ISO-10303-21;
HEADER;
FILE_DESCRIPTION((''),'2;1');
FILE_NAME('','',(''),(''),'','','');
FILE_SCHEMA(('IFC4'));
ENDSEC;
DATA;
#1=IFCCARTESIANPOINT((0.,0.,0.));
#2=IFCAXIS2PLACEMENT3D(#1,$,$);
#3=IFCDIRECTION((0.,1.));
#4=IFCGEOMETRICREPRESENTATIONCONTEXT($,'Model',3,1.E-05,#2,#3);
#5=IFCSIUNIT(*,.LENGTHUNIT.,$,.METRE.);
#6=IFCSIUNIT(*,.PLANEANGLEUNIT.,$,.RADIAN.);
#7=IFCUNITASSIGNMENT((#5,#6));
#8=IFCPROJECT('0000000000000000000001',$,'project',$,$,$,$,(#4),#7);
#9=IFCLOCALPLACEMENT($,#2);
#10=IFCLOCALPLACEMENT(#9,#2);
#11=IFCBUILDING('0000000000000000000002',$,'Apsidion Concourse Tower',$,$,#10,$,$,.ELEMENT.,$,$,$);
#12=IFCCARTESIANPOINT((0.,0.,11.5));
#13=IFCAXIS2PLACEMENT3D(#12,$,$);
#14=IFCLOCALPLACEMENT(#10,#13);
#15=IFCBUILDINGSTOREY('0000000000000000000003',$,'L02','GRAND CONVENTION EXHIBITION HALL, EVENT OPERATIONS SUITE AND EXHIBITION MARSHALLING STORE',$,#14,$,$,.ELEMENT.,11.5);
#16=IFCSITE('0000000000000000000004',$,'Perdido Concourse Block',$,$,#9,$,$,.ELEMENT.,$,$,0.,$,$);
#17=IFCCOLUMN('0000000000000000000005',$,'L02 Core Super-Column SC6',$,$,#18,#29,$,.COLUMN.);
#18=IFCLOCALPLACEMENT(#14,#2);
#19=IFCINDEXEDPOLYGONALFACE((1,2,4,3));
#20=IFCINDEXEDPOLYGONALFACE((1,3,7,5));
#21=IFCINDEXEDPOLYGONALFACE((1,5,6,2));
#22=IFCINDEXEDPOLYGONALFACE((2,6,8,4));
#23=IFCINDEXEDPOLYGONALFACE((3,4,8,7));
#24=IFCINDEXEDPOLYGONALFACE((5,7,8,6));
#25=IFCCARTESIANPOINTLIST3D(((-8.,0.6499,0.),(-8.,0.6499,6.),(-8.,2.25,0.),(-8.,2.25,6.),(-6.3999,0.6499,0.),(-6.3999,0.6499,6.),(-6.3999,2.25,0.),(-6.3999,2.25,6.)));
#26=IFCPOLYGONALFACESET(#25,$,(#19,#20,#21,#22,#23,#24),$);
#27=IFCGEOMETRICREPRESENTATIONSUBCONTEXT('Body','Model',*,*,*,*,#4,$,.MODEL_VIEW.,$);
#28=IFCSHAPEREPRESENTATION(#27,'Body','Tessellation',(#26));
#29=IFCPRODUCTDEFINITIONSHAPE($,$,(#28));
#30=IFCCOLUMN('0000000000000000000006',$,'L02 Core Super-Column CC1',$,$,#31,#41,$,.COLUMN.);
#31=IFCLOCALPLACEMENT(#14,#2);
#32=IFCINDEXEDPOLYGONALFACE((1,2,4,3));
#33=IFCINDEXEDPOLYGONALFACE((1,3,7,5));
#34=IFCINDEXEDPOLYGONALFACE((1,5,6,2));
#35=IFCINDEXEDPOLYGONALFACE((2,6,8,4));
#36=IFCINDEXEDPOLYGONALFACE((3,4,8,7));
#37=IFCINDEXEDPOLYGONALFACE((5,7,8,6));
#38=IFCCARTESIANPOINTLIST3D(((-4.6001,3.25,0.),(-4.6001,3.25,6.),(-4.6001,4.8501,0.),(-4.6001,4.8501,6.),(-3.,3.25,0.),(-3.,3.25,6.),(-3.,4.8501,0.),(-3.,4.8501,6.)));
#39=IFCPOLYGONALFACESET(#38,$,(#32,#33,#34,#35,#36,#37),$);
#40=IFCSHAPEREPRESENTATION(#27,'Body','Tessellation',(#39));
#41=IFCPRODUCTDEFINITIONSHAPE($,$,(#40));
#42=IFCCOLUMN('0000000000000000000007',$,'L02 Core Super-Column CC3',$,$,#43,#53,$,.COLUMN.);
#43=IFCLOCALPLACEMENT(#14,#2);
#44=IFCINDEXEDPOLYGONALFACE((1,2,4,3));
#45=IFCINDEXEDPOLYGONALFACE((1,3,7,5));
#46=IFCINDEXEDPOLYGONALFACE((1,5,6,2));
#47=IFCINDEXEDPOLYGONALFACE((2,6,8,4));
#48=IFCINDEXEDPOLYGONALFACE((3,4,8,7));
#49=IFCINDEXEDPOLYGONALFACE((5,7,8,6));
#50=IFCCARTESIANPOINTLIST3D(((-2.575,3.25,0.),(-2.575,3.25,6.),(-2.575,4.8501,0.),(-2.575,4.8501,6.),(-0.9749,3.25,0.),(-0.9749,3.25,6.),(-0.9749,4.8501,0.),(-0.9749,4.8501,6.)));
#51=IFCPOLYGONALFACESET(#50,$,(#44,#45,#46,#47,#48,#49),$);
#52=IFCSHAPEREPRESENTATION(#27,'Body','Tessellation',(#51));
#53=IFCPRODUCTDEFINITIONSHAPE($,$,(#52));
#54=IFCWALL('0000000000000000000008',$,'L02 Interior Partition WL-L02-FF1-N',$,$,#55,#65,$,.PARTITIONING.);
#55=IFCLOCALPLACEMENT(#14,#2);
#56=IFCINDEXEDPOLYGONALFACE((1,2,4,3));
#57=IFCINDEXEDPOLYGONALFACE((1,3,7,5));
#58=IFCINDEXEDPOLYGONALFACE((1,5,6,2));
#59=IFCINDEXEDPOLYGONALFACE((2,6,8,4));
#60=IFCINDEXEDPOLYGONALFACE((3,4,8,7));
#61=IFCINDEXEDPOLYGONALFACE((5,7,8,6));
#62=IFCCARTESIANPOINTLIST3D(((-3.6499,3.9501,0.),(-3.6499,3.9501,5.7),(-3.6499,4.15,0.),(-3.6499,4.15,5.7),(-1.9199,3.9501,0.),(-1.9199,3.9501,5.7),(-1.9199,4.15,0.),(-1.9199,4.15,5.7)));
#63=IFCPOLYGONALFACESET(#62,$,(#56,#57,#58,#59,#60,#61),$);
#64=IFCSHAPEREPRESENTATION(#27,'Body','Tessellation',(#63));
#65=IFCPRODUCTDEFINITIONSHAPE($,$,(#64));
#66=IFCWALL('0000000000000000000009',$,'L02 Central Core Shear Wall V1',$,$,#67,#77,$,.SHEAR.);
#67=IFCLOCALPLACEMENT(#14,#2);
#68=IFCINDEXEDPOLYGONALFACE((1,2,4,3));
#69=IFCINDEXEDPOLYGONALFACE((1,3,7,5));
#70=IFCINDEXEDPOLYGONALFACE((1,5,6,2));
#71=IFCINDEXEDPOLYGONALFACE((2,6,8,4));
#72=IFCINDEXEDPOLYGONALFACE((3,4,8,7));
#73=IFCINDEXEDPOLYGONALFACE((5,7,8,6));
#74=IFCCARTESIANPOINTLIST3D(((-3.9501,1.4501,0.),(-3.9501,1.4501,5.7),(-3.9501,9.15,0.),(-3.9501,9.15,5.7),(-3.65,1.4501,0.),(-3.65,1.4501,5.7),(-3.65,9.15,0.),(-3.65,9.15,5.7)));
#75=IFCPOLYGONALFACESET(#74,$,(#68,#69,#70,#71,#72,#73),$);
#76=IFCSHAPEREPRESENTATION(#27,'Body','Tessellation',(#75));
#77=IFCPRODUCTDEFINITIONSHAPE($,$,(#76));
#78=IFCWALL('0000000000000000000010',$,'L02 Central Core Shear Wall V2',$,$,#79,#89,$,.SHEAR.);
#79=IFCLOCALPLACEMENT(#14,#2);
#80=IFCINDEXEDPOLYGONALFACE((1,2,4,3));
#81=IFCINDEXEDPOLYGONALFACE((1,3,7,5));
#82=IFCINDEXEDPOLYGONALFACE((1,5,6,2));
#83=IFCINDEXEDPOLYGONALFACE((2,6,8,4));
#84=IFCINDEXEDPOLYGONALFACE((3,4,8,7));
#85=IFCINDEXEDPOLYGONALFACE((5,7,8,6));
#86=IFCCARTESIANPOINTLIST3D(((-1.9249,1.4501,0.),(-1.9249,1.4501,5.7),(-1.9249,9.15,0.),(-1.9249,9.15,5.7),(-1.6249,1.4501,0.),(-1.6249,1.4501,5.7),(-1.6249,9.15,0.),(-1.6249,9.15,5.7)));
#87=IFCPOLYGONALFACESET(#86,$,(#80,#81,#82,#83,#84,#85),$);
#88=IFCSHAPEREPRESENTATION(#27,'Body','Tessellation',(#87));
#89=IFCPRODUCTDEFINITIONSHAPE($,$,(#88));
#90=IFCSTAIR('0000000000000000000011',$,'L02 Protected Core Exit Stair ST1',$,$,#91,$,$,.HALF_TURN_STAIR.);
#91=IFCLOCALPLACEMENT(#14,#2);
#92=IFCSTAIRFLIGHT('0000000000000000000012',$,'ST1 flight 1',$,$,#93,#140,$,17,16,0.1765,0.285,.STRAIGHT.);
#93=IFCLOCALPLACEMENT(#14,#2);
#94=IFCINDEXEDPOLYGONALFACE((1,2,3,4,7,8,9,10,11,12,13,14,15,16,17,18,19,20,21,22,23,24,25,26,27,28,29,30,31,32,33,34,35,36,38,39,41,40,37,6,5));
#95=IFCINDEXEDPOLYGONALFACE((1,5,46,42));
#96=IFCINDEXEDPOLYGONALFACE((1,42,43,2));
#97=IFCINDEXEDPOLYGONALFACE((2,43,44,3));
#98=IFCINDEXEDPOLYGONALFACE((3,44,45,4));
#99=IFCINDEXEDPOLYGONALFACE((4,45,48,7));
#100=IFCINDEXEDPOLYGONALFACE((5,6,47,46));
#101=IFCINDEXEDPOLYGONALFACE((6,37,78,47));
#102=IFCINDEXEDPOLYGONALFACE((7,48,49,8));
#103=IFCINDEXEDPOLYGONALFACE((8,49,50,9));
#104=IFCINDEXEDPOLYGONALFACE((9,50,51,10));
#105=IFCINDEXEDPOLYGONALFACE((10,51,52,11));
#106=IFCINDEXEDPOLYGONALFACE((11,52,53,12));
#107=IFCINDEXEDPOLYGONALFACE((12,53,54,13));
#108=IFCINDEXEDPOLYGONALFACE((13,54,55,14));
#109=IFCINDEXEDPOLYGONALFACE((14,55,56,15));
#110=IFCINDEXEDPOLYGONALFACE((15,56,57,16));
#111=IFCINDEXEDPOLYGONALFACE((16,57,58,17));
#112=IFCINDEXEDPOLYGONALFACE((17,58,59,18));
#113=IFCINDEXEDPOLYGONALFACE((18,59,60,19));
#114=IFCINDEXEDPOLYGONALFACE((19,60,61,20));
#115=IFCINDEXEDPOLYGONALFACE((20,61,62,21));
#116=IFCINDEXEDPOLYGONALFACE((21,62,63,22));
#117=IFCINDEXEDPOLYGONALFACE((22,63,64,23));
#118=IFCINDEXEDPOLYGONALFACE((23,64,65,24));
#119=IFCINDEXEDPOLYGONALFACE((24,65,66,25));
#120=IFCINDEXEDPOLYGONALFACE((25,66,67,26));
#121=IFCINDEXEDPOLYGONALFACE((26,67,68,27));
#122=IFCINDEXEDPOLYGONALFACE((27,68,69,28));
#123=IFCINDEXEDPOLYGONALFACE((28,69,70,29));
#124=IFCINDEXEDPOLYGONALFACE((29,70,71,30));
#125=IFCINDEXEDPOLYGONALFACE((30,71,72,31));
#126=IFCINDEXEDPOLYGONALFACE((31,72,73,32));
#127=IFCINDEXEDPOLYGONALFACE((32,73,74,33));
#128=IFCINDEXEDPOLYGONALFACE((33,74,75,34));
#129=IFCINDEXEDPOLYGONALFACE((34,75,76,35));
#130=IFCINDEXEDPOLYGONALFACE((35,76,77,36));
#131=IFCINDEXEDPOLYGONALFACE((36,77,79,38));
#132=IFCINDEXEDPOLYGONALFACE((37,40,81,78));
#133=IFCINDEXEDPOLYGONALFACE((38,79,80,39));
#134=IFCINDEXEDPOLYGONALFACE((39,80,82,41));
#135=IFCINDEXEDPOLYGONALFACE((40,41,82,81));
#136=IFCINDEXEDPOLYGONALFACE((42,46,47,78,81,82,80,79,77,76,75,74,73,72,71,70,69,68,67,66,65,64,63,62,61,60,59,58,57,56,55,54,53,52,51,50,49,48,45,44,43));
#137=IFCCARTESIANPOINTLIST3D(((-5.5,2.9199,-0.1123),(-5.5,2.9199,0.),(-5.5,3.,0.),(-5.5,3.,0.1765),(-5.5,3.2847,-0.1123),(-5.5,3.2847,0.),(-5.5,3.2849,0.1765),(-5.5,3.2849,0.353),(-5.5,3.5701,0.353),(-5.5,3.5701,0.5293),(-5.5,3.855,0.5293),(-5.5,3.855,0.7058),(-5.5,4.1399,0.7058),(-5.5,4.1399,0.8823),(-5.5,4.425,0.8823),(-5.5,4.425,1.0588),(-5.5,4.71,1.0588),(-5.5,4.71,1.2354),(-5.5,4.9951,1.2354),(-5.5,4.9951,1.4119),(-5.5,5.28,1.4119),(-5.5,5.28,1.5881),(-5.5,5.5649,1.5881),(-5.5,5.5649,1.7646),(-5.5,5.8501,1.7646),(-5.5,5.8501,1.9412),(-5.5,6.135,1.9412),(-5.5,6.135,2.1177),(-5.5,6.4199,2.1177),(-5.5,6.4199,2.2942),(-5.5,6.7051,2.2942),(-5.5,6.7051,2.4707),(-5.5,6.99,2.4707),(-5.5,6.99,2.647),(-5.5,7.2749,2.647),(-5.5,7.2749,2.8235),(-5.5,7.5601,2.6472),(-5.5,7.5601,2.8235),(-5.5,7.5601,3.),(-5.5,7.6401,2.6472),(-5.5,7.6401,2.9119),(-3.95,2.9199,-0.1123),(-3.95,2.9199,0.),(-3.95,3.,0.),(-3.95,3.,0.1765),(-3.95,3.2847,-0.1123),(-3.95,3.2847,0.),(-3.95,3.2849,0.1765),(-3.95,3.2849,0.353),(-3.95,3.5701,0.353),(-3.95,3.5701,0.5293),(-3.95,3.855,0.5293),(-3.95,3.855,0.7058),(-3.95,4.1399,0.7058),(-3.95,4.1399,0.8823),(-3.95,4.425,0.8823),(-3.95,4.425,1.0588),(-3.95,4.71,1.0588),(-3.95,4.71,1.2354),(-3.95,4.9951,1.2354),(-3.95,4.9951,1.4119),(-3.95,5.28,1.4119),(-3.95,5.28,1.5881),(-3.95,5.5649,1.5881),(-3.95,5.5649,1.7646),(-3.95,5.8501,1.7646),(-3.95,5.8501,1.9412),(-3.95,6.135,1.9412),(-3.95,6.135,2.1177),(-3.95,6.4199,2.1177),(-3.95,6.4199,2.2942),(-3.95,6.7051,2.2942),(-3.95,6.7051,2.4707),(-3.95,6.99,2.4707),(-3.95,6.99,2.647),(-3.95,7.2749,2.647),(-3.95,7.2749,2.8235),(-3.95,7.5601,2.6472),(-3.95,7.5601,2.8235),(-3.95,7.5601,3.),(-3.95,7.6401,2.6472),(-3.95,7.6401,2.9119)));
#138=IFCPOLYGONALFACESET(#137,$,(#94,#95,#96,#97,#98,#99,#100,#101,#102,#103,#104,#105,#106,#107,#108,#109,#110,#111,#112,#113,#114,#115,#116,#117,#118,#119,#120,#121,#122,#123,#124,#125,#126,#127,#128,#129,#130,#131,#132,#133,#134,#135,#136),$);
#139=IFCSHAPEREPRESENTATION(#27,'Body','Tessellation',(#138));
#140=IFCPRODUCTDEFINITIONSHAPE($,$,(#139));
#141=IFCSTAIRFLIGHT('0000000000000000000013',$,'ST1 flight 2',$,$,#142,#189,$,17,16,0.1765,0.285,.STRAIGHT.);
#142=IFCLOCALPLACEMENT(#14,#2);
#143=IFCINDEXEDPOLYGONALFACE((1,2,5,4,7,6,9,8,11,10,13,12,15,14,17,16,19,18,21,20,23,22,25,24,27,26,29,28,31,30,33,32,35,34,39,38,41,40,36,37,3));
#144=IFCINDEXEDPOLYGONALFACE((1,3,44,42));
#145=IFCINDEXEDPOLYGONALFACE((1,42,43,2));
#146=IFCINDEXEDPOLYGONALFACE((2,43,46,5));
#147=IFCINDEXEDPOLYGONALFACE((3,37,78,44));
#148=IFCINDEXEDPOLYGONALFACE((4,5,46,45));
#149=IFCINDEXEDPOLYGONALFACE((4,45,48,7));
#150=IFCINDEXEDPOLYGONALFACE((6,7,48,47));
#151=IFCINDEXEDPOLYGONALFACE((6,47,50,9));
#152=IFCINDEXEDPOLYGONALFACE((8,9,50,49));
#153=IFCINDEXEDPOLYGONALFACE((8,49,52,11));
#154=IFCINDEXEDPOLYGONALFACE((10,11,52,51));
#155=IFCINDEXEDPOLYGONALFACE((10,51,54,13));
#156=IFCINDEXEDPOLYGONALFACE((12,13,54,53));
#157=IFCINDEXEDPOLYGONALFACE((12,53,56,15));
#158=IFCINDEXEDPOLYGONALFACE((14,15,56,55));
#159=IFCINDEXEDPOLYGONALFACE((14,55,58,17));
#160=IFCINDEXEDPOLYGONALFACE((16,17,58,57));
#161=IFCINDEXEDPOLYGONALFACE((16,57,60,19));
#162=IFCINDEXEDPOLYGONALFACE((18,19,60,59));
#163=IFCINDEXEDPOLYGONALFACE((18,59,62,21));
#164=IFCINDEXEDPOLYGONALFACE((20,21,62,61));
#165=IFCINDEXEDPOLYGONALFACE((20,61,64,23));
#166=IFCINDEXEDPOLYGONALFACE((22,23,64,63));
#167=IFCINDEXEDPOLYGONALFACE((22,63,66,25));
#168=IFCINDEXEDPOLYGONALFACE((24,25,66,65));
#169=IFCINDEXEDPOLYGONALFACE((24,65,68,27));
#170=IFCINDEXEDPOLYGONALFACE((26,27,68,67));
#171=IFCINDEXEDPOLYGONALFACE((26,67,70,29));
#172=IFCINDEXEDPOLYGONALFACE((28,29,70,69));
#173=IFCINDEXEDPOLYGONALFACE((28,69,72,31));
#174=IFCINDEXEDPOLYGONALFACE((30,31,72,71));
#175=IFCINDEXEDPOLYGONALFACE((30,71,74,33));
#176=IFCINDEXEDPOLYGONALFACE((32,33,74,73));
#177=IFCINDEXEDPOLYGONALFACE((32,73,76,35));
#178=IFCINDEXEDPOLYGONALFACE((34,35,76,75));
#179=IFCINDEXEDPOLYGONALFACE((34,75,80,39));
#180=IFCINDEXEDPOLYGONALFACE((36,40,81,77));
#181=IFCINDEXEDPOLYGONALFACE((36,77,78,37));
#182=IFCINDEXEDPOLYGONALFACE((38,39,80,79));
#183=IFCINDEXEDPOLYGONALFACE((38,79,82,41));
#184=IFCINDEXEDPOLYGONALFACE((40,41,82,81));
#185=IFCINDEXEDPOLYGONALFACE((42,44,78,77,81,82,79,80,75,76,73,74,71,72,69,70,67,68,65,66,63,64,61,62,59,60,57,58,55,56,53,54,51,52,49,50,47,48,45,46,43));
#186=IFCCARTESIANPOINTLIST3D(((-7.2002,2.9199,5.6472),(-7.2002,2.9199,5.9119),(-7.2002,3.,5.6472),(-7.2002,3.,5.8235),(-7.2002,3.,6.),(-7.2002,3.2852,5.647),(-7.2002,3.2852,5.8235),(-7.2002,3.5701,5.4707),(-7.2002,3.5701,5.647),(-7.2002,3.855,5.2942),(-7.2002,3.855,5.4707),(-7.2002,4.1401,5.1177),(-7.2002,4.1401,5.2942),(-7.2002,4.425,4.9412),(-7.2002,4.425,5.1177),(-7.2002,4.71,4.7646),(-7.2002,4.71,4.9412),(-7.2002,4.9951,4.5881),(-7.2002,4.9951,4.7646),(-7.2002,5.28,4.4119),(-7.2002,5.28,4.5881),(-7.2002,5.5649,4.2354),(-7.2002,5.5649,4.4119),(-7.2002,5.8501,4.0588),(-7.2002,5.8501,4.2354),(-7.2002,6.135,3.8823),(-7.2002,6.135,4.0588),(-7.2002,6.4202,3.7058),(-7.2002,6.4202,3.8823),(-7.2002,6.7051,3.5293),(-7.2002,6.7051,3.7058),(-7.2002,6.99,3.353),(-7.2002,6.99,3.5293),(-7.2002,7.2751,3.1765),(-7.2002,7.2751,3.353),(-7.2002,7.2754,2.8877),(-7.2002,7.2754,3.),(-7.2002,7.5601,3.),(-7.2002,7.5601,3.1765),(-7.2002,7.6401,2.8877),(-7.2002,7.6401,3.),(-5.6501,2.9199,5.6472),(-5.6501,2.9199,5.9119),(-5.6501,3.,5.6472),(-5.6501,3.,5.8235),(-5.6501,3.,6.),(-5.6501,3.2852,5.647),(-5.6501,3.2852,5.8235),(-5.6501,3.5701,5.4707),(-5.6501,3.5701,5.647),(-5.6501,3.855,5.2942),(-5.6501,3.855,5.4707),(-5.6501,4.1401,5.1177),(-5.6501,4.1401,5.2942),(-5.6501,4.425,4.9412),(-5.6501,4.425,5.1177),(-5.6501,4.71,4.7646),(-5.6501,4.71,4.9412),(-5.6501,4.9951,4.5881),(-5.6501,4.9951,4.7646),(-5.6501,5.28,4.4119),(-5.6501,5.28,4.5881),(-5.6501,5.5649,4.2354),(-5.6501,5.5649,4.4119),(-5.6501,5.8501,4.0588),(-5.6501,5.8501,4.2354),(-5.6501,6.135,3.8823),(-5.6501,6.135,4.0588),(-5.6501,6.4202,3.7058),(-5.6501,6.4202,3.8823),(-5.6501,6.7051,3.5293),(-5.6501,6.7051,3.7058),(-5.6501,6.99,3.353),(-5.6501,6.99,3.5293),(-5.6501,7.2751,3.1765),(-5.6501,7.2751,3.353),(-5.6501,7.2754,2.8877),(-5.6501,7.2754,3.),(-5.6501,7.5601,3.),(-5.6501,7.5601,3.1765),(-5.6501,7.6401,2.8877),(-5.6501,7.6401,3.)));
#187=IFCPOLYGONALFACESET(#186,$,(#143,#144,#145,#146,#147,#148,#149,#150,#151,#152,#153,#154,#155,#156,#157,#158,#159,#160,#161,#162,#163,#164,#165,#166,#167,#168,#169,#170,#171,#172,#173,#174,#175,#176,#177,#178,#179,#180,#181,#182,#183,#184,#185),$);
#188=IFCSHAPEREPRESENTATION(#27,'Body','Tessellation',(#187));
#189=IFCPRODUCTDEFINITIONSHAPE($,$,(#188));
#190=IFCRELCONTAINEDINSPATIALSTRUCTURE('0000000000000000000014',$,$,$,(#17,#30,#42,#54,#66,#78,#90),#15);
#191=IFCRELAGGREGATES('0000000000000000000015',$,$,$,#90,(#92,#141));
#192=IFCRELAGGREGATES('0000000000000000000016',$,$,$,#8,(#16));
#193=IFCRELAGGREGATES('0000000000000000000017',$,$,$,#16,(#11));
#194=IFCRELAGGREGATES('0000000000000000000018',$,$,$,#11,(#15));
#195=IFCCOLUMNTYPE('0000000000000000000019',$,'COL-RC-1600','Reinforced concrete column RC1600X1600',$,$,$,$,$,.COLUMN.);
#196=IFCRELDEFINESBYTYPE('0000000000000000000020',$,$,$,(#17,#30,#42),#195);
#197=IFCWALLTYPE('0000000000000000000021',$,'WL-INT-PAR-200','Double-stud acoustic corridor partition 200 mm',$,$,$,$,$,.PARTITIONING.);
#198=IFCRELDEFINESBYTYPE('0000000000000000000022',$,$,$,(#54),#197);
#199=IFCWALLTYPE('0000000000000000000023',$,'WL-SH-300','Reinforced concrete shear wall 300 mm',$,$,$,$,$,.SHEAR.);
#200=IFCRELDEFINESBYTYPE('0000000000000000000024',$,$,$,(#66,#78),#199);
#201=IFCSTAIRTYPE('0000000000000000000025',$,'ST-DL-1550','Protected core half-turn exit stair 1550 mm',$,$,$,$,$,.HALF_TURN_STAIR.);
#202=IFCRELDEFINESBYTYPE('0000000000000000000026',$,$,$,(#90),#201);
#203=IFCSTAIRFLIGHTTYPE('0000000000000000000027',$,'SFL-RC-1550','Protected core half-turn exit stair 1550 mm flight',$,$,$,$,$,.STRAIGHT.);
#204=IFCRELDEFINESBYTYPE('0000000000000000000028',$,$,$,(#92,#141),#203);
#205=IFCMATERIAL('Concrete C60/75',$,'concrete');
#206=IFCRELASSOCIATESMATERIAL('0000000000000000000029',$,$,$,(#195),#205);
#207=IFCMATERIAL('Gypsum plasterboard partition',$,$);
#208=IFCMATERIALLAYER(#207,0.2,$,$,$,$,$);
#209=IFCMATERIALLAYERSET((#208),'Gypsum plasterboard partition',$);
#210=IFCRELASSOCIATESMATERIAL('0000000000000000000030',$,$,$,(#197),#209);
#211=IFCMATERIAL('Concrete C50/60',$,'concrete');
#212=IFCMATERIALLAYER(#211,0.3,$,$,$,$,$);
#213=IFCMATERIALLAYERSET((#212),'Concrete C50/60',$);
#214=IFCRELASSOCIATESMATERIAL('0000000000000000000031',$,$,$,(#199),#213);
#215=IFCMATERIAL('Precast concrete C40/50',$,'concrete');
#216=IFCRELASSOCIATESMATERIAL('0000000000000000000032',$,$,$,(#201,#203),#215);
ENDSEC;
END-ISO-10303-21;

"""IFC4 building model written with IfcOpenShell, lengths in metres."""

from ifc_helpers import new_model, si_unit, direction, frame, frame_2d, origin, origin_2d, place, context, subcontext, project, spatial, polyline, rectangle, outline, extrude, material, layer, layer_set, material_profile, profile_set, type_object, element, aggregate, save


model = new_model("IFC4")

# Units and contexts
model_context = context("Model", 3, precision=1e-05, world=origin(), true_north=direction((0.0, 1.0)))
body_context = subcontext(model_context, "Body", "Model", "MODEL_VIEW")
ifc_project = project(units=[si_unit("LENGTHUNIT", "METRE"), si_unit("PLANEANGLEUNIT", "RADIAN")], contexts=[model_context])

# Site, building, storey
site_placement = place(None, origin())
site = spatial("IfcSite", under=ifc_project, at=site_placement, Name="Perdido Concourse Block", CompositionType="ELEMENT", RefElevation=0.0)
building_placement = place(site_placement, origin())
building = spatial("IfcBuilding", under=site, at=building_placement, Name="Apsidion Concourse Tower", CompositionType="ELEMENT")
storey_placement = place(building_placement, frame((0.0, 0.0, 11.5)))
storey = spatial("IfcBuildingStorey", under=building, at=storey_placement, Name="L02", Description="GRAND CONVENTION EXHIBITION HALL, EVENT OPERATIONS SUITE AND EXHIBITION MARSHALLING STORE", CompositionType="ELEMENT", Elevation=11.5)

# Columns
ifc_material_1 = material(Name="Concrete C60/75", Category="concrete")
ifc_material_profile = material_profile(ifc_material_1, rectangle(XDim=1.6001, YDim=1.6001, at=origin_2d()), Name="RC 1600x1600")
ifc_profile_set = profile_set([ifc_material_profile], Name="Concrete C60/75")
column_type = type_object("IfcColumnType", Name="COL-RC-1600", Description="Reinforced concrete column RC1600X1600", PredefinedType="COLUMN", material=ifc_profile_set)
for number, where, z_axis, x_axis, name in (
    (1, (-7.2, 1.45, 0.0), (0.0, 0.0, 1.0), (1.0, 0.0, 0.0), "L02 Core Super-Column SC6"),
    (2, (-3.8, 4.05, 0.0), (0.0, 0.0, 1.0), (1.0, 0.0, 0.0), "L02 Core Super-Column CC1"),
    (3, (-1.7749, 4.05, 0.0), (0.0, 0.0, 1.0), (1.0, 0.0, 0.0), "L02 Core Super-Column CC3"),
):
    element("IfcColumn", number, at=place(storey_placement, frame(where, z_axis=z_axis, x_axis=x_axis)), inside=storey, type_object=column_type, Name=name, PredefinedType="COLUMN", context=body_context, shape_type="SweptSolid", body=[
        extrude(rectangle(XDim=1.6001, YDim=1.6001, at=origin_2d()), origin(), (0.0, 0.0, 1.0), 6.0),
    ])

# Walls
ifc_material_2 = material(Name="Gypsum plasterboard partition")
ifc_layer_1 = layer(ifc_material_2, 0.2)
ifc_layer_set_1 = layer_set([ifc_layer_1], Name="Gypsum plasterboard partition")
wall_type_1 = type_object("IfcWallType", Name="WL-INT-PAR-200", Description="Double-stud acoustic corridor partition 200 mm", PredefinedType="PARTITIONING", material=ifc_layer_set_1)
wall_1_placement = place(storey_placement, frame((-3.6499, 4.05, 0.0), z_axis=(0.0, 0.0, 1.0), x_axis=(1.0, 0.0, 0.0)))
element("IfcWall", 4, at=wall_1_placement, inside=storey, type_object=wall_type_1, Name="L02 Interior Partition WL-L02-FF1-N", PredefinedType="PARTITIONING", context=body_context, shape_type="SweptSolid", body=[
    extrude(rectangle(XDim=1.73, YDim=0.2, at=frame_2d((0.865, 0.0))), origin(), (0.0, 0.0, 1.0), 5.7),
])
ifc_material_3 = material(Name="Concrete C50/60", Category="concrete")
ifc_layer_2 = layer(ifc_material_3, 0.3)
ifc_layer_set_2 = layer_set([ifc_layer_2], Name="Concrete C50/60")
wall_type_2 = type_object("IfcWallType", Name="WL-SH-300", Description="Reinforced concrete shear wall 300 mm", PredefinedType="SHEAR", material=ifc_layer_set_2)
for number, where, z_axis, x_axis, name in (
    (5, (-3.8, 1.45, 0.0), (0.0, 0.0, 1.0), (0.0, 1.0, 0.0), "L02 Central Core Shear Wall V1"),
    (6, (-1.7749, 1.45, 0.0), (0.0, 0.0, 1.0), (0.0, 1.0, 0.0), "L02 Central Core Shear Wall V2"),
):
    element("IfcWall", number, at=place(storey_placement, frame(where, z_axis=z_axis, x_axis=x_axis)), inside=storey, type_object=wall_type_2, Name=name, PredefinedType="SHEAR", context=body_context, shape_type="SweptSolid", body=[
        extrude(rectangle(XDim=7.7, YDim=0.3, at=frame_2d((3.8501, 0.0))), origin(), (0.0, 0.0, 1.0), 5.7),
    ])

# Stair, stair flights
ifc_material_4 = material(Name="Precast concrete C40/50", Category="concrete")
stair_type = type_object("IfcStairType", Name="ST-DL-1550", Description="Protected core half-turn exit stair 1550 mm", PredefinedType="HALF_TURN_STAIR", material=ifc_material_4)
stair_1_placement = place(storey_placement, origin())
stair_1 = element("IfcStair", 7, at=stair_1_placement, inside=storey, type_object=stair_type, Name="L02 Protected Core Exit Stair ST1", PredefinedType="HALF_TURN_STAIR")
stair_flight_type = type_object("IfcStairFlightType", Name="SFL-RC-1550", Description="Protected core half-turn exit stair 1550 mm flight", PredefinedType="STRAIGHT", material=ifc_material_4)
stair_flight_1_placement = place(storey_placement, frame((-4.7251, 3.0, 0.0), z_axis=(0.0, 0.0, 1.0), x_axis=(0.0, 1.0, 0.0)))
stair_flight_1 = element("IfcStairFlight", 8, at=stair_flight_1_placement, type_object=stair_flight_type, Name="ST1 flight 1", NumberOfRisers=17, NumberOfTreads=16, PredefinedType="STRAIGHT", RiserHeight=0.1765, TreadLength=0.285, context=body_context, shape_type="SweptSolid", body=[
    extrude(outline(polyline([(-0.0801, -0.1123), (-0.0801, 0.0), (0.0, 0.0), (0.0, 0.1765), (0.2849, 0.1765), (0.2849, 0.353), (0.5701, 0.353), (0.5701, 0.5293), (0.855, 0.5293), (0.855, 0.7058), (1.1399, 0.7058), (1.1399, 0.8823), (1.425, 0.8823), (1.425, 1.0588), (1.71, 1.0588), (1.71, 1.2354), (1.9951, 1.2354), (1.9951, 1.4119), (2.28, 1.4119), (2.28, 1.5881), (2.5649, 1.5881), (2.5649, 1.7646), (2.8501, 1.7646), (2.8501, 1.9412), (3.135, 1.9412), (3.135, 2.1177), (3.4199, 2.1177), (3.4199, 2.2942), (3.7051, 2.2942), (3.7051, 2.4707), (3.99, 2.4707), (3.99, 2.647), (4.2749, 2.647), (4.2749, 2.8235), (4.5601, 2.8235), (4.5601, 3.0), (4.6401, 2.9119), (4.6401, 2.6472), (4.5601, 2.6472), (0.2847, 0.0), (0.2847, -0.1123), (-0.0801, -0.1123)])), frame((0.0, 0.7749, 0.0), z_axis=(0.0, -1.0, 0.0), x_axis=(1.0, 0.0, 0.0)), (0.0, 0.0, 1.0), 1.55),
])
stair_flight_2_placement = place(storey_placement, frame((-6.425, 7.5601, 3.0), z_axis=(0.0, 0.0, 1.0), x_axis=(0.0, -1.0, 0.0)))
stair_flight_2 = element("IfcStairFlight", 9, at=stair_flight_2_placement, type_object=stair_flight_type, Name="ST1 flight 2", NumberOfRisers=17, NumberOfTreads=16, PredefinedType="STRAIGHT", RiserHeight=0.1765, TreadLength=0.285, context=body_context, shape_type="SweptSolid", body=[
    extrude(outline(polyline([(-0.0801, -0.1123), (-0.0801, 0.0), (0.0, 0.0), (0.0, 0.1765), (0.2849, 0.1765), (0.2849, 0.353), (0.5701, 0.353), (0.5701, 0.5293), (0.855, 0.5293), (0.855, 0.7058), (1.1399, 0.7058), (1.1399, 0.8823), (1.425, 0.8823), (1.425, 1.0588), (1.71, 1.0588), (1.71, 1.2354), (1.9951, 1.2354), (1.9951, 1.4119), (2.28, 1.4119), (2.28, 1.5881), (2.5649, 1.5881), (2.5649, 1.7646), (2.8501, 1.7646), (2.8501, 1.9412), (3.135, 1.9412), (3.135, 2.1177), (3.4199, 2.1177), (3.4199, 2.2942), (3.7051, 2.2942), (3.7051, 2.4707), (3.99, 2.4707), (3.99, 2.647), (4.2749, 2.647), (4.2749, 2.8235), (4.5601, 2.8235), (4.5601, 3.0), (4.6401, 2.9119), (4.6401, 2.6472), (4.5601, 2.6472), (0.2847, 0.0), (0.2847, -0.1123), (-0.0801, -0.1123)])), frame((0.0, 0.7749, 0.0), z_axis=(0.0, -1.0, 0.0), x_axis=(1.0, 0.0, 0.0)), (0.0, 0.0, 1.0), 1.55),
])
aggregate(stair_1, [stair_flight_1, stair_flight_2])

save(model, "model.ifc")
